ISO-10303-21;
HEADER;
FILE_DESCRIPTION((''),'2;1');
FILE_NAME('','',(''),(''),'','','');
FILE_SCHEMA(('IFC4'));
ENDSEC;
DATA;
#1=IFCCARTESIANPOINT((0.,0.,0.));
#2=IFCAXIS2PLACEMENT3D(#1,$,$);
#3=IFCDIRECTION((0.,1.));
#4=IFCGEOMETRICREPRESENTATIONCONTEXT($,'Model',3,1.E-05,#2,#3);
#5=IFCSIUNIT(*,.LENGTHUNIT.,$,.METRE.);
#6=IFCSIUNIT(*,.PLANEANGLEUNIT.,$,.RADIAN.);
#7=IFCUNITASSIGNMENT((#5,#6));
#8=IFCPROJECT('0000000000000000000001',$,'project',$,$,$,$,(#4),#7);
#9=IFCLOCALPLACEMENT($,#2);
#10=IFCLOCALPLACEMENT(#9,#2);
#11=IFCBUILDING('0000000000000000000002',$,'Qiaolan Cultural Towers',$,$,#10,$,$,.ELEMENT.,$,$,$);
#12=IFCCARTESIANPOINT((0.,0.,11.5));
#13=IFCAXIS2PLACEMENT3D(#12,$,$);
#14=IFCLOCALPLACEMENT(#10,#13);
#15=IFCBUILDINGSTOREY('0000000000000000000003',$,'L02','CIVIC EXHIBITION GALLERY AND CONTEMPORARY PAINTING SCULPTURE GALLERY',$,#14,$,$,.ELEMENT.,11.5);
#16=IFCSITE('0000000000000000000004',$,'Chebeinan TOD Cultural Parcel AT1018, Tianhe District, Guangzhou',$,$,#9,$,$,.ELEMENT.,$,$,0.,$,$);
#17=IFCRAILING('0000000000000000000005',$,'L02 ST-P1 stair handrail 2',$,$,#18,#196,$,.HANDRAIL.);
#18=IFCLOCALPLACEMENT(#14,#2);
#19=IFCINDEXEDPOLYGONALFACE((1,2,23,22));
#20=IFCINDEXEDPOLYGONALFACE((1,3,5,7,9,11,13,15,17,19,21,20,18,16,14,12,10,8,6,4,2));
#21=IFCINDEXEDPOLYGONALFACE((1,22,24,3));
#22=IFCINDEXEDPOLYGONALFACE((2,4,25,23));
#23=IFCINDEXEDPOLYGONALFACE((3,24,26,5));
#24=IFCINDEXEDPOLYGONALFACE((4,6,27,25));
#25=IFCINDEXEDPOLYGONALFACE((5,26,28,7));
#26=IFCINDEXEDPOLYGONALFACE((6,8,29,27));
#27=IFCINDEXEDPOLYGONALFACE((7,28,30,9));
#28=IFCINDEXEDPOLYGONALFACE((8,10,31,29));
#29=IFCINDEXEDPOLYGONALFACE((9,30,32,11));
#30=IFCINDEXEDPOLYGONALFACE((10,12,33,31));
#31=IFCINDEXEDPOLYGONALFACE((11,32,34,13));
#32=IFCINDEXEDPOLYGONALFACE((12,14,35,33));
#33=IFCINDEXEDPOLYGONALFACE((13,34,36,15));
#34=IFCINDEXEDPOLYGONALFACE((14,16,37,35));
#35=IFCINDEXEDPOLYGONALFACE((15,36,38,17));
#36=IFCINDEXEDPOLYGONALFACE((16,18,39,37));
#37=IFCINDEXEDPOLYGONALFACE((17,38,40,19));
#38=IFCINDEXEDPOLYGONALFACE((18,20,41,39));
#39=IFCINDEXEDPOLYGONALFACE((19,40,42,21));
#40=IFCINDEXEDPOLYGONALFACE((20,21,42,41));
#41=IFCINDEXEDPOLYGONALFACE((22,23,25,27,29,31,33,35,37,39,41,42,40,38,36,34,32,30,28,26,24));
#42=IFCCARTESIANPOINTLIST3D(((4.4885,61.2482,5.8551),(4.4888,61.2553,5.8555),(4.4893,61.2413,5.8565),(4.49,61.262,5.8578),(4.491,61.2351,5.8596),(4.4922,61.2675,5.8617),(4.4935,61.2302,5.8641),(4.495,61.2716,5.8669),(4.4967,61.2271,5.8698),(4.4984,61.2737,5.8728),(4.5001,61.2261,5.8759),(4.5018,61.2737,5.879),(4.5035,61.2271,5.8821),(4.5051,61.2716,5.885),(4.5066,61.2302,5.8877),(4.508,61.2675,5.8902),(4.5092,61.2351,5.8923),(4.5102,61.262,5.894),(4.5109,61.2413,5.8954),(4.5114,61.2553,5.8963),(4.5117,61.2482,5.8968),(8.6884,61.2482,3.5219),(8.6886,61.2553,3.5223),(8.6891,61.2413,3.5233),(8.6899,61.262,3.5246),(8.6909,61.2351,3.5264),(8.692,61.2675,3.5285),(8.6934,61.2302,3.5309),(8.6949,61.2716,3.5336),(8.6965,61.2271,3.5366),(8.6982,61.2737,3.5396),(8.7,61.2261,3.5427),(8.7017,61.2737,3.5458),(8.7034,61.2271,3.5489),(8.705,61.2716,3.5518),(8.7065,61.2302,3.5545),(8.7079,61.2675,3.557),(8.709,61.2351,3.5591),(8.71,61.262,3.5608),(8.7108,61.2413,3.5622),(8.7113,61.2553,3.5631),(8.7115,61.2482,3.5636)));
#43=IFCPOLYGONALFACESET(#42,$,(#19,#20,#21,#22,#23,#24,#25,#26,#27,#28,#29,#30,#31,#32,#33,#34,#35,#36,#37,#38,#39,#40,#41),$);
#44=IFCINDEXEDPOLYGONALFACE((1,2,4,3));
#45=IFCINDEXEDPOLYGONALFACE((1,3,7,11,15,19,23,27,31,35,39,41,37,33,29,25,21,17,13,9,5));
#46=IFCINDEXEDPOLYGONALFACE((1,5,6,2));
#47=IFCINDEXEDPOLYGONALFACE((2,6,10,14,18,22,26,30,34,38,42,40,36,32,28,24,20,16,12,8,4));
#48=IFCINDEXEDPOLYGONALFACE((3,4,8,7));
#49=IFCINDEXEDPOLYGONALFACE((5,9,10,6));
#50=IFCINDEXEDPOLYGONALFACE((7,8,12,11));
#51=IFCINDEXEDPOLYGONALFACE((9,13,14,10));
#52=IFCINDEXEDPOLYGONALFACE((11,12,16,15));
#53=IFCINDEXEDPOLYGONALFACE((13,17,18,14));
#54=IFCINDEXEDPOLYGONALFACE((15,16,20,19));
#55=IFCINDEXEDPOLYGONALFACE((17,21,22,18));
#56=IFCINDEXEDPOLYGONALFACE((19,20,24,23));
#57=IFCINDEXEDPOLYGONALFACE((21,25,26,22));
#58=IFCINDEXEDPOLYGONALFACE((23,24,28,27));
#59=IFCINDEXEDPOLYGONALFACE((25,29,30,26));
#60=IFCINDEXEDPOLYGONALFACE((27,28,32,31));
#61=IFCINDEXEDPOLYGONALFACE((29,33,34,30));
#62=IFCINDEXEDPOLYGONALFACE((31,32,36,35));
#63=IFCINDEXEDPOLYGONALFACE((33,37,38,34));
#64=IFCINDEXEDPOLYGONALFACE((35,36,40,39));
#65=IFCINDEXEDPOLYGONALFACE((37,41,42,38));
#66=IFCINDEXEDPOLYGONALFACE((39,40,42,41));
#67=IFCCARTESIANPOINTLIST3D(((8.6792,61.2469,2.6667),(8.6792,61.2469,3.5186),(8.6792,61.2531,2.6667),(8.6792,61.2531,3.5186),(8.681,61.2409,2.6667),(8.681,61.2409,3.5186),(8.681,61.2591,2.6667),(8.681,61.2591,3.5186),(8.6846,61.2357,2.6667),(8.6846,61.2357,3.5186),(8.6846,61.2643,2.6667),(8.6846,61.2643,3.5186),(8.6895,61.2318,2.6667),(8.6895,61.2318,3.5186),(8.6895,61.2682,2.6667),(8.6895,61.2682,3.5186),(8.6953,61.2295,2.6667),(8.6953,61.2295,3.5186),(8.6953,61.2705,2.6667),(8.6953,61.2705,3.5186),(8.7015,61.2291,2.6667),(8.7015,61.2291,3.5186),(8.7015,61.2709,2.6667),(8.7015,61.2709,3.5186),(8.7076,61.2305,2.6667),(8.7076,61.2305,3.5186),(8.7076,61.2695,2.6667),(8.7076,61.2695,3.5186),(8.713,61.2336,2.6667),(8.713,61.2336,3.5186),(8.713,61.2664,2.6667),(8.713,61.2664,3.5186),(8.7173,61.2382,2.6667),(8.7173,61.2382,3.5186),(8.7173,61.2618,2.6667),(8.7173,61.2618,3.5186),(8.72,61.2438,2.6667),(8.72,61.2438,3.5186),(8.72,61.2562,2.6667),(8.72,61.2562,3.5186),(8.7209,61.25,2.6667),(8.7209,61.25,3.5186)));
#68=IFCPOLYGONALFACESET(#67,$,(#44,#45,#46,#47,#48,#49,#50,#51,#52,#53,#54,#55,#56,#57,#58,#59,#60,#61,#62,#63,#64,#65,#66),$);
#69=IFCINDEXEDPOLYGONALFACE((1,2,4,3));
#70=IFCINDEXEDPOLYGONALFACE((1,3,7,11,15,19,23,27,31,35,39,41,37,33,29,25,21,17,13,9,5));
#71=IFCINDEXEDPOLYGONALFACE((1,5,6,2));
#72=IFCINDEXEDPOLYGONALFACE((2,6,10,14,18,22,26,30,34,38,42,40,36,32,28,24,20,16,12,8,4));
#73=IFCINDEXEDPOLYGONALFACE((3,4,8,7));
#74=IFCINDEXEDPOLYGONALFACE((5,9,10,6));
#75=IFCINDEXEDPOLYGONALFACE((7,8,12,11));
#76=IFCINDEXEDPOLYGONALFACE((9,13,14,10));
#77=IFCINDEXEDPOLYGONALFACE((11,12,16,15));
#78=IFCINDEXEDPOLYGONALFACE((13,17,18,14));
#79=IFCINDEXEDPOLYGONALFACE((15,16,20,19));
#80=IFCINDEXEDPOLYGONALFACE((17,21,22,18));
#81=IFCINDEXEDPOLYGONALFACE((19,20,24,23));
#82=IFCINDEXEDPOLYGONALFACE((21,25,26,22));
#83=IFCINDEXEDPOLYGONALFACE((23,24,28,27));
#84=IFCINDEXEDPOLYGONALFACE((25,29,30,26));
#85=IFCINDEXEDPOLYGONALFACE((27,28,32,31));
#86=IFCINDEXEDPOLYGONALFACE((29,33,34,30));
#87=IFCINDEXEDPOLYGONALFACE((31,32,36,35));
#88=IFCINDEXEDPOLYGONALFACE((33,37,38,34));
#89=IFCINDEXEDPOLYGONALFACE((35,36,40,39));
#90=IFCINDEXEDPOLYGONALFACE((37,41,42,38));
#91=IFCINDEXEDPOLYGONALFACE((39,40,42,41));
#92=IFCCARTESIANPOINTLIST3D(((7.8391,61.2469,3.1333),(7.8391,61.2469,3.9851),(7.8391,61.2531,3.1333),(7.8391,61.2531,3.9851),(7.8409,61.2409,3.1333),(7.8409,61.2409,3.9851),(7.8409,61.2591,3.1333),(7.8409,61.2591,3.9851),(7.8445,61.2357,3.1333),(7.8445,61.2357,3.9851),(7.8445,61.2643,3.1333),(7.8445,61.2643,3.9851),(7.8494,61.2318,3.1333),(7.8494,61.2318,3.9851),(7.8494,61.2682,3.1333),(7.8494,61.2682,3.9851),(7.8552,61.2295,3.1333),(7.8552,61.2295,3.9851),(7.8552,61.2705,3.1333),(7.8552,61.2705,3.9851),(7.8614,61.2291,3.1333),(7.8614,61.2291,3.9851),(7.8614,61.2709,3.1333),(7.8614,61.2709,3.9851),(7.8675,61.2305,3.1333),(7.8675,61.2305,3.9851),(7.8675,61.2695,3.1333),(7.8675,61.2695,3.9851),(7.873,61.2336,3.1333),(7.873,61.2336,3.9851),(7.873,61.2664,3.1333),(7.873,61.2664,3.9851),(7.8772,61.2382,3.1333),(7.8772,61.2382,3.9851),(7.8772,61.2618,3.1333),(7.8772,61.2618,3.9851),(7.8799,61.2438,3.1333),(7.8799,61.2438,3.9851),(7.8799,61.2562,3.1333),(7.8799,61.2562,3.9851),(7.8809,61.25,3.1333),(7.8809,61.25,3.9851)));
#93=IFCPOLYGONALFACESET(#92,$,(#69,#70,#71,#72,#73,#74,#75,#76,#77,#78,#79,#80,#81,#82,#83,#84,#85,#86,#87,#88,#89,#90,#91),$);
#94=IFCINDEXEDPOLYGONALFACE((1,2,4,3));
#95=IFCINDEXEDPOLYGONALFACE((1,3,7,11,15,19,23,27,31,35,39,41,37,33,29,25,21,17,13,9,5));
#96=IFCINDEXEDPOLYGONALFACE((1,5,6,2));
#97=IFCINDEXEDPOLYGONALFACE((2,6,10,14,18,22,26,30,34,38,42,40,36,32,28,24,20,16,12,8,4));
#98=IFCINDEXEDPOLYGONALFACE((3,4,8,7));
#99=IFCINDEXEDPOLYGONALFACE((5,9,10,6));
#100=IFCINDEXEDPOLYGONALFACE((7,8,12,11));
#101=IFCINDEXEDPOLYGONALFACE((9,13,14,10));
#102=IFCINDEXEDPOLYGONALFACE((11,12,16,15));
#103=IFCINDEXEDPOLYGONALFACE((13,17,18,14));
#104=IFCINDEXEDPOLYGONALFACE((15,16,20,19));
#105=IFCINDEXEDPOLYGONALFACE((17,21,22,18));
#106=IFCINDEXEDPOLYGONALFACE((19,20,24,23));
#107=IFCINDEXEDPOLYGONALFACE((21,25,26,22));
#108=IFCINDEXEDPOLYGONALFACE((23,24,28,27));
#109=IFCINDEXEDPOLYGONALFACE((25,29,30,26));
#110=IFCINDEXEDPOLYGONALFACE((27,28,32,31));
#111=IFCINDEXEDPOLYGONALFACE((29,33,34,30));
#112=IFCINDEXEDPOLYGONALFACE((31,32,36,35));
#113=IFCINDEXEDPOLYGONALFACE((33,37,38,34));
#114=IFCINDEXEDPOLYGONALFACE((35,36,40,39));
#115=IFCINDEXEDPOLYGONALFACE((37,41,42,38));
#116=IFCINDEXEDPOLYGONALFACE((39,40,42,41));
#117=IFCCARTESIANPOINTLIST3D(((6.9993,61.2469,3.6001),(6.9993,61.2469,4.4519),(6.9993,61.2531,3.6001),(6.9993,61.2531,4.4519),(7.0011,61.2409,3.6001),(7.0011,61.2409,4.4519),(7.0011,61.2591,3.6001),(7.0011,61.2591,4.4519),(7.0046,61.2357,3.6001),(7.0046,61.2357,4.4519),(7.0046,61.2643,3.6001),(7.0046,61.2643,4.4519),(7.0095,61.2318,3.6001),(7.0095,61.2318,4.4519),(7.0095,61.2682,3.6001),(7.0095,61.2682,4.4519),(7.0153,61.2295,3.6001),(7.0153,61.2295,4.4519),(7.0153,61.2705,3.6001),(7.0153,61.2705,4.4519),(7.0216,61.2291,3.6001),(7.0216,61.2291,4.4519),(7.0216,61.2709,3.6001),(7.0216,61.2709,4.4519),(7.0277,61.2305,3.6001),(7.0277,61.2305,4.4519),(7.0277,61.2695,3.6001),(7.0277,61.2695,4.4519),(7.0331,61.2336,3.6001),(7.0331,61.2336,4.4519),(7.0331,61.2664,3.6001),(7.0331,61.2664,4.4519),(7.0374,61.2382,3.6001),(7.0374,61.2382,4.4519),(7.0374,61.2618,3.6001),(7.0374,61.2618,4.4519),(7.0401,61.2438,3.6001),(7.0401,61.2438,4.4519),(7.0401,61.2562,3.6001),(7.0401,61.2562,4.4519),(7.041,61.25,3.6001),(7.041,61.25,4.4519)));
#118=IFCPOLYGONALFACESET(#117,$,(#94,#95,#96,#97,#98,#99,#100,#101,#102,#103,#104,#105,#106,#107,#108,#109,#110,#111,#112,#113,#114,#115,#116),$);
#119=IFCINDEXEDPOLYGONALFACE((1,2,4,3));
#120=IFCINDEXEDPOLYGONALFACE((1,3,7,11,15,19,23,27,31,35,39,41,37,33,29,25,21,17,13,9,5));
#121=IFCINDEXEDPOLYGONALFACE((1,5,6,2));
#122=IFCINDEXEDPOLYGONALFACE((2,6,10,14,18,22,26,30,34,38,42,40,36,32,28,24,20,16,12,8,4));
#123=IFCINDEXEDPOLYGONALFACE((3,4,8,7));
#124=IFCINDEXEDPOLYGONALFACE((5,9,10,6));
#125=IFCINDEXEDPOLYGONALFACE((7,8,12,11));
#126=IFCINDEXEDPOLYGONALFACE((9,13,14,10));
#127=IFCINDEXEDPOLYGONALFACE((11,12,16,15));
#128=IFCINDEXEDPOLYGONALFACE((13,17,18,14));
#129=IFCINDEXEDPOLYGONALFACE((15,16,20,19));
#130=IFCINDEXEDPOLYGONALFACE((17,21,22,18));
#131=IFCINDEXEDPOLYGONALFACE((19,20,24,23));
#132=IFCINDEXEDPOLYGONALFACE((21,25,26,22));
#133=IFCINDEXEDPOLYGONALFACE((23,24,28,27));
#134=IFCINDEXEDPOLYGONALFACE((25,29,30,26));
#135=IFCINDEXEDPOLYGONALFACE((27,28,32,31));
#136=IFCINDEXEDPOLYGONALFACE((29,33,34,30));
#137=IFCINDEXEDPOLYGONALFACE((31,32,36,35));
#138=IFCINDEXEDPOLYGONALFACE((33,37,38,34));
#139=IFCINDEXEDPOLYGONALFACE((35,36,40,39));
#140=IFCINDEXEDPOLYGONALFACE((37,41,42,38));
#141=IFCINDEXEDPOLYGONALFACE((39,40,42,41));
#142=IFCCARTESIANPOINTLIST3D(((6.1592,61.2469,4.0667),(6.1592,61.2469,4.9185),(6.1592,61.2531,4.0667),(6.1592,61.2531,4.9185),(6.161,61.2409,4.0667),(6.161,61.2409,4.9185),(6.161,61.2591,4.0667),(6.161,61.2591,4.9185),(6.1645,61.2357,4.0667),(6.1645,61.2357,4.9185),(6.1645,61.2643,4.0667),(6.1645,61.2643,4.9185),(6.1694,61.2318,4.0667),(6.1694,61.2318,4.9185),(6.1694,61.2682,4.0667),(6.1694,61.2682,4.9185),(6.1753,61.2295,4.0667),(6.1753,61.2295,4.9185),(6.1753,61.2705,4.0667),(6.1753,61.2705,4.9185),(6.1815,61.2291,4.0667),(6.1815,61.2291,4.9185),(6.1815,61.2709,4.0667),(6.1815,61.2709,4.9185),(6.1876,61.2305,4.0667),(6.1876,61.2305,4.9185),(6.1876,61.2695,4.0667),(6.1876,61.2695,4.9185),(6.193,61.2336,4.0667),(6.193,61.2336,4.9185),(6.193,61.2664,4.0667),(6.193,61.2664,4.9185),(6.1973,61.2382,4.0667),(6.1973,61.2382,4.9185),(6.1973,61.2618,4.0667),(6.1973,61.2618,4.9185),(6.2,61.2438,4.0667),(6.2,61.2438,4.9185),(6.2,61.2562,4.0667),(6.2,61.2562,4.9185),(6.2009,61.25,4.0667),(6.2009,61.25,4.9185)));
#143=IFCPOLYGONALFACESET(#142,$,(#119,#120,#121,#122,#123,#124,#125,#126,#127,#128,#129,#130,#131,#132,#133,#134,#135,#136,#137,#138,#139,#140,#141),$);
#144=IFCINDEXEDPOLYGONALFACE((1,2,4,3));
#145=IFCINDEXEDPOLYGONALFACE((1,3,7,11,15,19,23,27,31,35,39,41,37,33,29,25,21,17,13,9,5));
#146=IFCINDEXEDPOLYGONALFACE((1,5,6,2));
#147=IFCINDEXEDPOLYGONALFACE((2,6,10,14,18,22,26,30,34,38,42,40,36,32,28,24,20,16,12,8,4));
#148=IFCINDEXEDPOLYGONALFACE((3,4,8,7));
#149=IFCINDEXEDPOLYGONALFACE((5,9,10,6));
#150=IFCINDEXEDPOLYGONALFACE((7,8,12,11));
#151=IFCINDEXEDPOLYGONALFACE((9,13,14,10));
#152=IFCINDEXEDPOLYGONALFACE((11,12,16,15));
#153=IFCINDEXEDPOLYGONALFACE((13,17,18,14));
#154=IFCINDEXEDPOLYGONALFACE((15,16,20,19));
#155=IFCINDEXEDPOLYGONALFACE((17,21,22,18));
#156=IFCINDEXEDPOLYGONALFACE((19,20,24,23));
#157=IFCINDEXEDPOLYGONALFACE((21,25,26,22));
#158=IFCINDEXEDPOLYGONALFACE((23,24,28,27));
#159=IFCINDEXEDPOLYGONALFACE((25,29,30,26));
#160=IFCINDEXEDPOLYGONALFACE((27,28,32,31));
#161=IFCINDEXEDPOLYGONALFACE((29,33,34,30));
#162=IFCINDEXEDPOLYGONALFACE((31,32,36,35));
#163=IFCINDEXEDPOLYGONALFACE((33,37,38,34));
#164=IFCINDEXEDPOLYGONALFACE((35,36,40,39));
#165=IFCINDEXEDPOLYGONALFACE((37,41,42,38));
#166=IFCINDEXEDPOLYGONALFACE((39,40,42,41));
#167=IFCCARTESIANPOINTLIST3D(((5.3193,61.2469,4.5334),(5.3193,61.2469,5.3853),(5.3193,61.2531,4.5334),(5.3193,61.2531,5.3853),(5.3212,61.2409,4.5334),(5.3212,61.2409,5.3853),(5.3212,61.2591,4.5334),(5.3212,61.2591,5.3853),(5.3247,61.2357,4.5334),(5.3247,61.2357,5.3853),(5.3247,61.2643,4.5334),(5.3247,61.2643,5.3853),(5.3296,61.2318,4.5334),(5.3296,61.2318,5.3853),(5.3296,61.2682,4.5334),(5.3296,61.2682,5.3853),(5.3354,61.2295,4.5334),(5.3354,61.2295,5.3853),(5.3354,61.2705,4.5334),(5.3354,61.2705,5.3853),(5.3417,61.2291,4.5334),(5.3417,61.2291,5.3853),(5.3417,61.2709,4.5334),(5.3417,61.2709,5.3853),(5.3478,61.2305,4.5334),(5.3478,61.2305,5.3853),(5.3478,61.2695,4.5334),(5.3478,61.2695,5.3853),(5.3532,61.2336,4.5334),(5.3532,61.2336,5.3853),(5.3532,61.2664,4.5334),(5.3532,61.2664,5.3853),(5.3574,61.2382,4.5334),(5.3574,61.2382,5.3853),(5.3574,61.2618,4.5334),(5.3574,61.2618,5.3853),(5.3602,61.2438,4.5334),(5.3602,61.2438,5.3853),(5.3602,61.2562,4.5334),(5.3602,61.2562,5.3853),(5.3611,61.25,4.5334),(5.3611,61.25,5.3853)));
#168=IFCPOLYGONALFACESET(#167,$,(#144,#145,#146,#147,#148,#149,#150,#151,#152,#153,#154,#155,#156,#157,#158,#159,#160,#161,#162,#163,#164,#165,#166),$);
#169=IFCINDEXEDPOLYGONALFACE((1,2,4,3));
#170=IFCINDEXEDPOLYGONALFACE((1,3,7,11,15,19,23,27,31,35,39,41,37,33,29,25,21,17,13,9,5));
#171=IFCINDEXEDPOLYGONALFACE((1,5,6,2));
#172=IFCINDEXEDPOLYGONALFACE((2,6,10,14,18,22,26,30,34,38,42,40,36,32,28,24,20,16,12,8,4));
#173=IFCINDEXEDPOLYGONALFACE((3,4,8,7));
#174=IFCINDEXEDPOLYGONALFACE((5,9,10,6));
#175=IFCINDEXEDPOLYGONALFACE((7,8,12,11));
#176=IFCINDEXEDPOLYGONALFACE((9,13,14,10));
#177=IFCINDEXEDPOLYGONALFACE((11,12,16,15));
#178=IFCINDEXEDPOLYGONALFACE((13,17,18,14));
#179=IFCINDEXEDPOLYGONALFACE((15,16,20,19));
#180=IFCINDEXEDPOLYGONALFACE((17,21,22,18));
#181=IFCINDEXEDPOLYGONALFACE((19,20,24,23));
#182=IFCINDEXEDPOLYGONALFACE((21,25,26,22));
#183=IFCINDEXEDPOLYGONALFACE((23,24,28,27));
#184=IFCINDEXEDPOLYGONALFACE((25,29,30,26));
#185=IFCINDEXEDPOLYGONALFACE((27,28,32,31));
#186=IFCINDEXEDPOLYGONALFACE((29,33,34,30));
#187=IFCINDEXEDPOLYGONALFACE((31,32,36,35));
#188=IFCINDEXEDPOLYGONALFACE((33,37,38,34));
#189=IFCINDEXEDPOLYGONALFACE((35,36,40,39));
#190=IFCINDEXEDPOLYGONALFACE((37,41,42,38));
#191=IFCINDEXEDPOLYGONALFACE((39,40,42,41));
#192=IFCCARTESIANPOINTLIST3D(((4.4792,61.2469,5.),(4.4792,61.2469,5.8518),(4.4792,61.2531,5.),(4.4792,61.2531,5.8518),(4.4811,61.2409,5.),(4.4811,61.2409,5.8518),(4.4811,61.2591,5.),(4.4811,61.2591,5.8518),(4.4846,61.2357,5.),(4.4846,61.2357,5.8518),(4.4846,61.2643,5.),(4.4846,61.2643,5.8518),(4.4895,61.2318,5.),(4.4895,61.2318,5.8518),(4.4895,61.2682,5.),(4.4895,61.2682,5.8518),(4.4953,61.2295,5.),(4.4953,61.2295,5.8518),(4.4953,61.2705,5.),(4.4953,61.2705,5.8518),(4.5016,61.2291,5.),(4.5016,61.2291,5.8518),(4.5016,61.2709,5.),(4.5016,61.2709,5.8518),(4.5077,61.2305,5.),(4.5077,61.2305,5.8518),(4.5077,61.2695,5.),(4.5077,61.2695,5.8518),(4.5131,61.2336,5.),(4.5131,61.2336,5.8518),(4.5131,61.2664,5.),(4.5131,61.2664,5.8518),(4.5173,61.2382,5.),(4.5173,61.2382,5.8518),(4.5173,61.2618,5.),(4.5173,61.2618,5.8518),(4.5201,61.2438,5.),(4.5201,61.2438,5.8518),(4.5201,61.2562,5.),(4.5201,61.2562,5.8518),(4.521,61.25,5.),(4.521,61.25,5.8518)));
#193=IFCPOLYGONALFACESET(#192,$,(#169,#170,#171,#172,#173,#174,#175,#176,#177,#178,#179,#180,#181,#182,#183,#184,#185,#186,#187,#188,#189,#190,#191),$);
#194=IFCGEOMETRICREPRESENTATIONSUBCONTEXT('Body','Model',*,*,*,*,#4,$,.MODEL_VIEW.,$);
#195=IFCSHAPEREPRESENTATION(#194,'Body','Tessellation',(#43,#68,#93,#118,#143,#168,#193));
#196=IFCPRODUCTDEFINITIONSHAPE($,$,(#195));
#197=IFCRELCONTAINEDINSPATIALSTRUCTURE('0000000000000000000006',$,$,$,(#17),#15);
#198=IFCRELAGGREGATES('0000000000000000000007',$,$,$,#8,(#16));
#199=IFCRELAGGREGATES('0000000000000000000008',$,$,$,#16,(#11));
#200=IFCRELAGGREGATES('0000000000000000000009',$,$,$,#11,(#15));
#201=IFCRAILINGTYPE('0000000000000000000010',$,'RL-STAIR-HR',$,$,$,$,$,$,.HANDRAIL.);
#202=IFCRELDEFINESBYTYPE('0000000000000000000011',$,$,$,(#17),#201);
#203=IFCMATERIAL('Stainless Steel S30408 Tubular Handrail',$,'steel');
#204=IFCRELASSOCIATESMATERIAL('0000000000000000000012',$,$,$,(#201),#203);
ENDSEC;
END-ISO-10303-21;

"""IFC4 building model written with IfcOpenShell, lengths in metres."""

from ifc_helpers import new_model, si_unit, direction, frame, origin, origin_2d, place, context, subcontext, project, spatial, circle, extrude, material, type_object, element, save


model = new_model("IFC4")

# Units and contexts
model_context = context("Model", 3, precision=1e-05, world=origin(), true_north=direction((0.0, 1.0)))
body_context = subcontext(model_context, "Body", "Model", "MODEL_VIEW")
ifc_project = project(units=[si_unit("LENGTHUNIT", "METRE"), si_unit("PLANEANGLEUNIT", "RADIAN")], contexts=[model_context])

# Site, building, storey
site_placement = place(None, origin())
site = spatial("IfcSite", under=ifc_project, at=site_placement, Name="Chebeinan TOD Cultural Parcel AT1018, Tianhe District, Guangzhou", CompositionType="ELEMENT", RefElevation=0.0)
building_placement = place(site_placement, origin())
building = spatial("IfcBuilding", under=site, at=building_placement, Name="Qiaolan Cultural Towers", CompositionType="ELEMENT")
storey_placement = place(building_placement, frame((0.0, 0.0, 11.5)))
storey = spatial("IfcBuildingStorey", under=building, at=storey_placement, Name="L02", Description="CIVIC EXHIBITION GALLERY AND CONTEMPORARY PAINTING SCULPTURE GALLERY", CompositionType="ELEMENT", Elevation=11.5)

# Railing
ifc_material_1 = material(Name="Stainless Steel S30408 Tubular Handrail", Category="steel")
railing_type_1 = type_object("IfcRailingType", Name="RL-STAIR-HR", PredefinedType="HANDRAIL", material=ifc_material_1)
railing_1_placement = place(storey_placement, frame((8.7, 61.25, 2.6667)))
element("IfcRailing", 1, at=railing_1_placement, inside=storey, type_object=railing_type_1, Name="L02 ST-P1 stair handrail 2", PredefinedType="HANDRAIL", context=body_context, shape_type="SweptSolid", body=[
    extrude(circle(Radius=0.0239, at=origin_2d()), frame((0.0, 0.0, 0.876), z_axis=(-0.874162, 0.0, 0.485634), x_axis=(0.0, -1.0, 0.0)), (0.0, 0.0, 1.0), 4.8044),
    extrude(circle(Radius=0.021, at=origin_2d()), origin(), (0.0, 0.0, 1.0), 0.8518),
    extrude(circle(Radius=0.021, at=origin_2d()), frame((-0.8401, 0.0, 0.4666)), (0.0, 0.0, 1.0), 0.8518),
    extrude(circle(Radius=0.021, at=origin_2d()), frame((-1.6799, 0.0, 0.9333)), (0.0, 0.0, 1.0), 0.8518),
    extrude(circle(Radius=0.021, at=origin_2d()), frame((-2.52, 0.0, 1.3999)), (0.0, 0.0, 1.0), 0.8518),
    extrude(circle(Radius=0.021, at=origin_2d()), frame((-3.3599, 0.0, 1.8667)), (0.0, 0.0, 1.0), 0.8518),
    extrude(circle(Radius=0.021, at=origin_2d()), frame((-4.2, 0.0, 2.3333)), (0.0, 0.0, 1.0), 0.8518),
])

save(model, "model.ifc")
